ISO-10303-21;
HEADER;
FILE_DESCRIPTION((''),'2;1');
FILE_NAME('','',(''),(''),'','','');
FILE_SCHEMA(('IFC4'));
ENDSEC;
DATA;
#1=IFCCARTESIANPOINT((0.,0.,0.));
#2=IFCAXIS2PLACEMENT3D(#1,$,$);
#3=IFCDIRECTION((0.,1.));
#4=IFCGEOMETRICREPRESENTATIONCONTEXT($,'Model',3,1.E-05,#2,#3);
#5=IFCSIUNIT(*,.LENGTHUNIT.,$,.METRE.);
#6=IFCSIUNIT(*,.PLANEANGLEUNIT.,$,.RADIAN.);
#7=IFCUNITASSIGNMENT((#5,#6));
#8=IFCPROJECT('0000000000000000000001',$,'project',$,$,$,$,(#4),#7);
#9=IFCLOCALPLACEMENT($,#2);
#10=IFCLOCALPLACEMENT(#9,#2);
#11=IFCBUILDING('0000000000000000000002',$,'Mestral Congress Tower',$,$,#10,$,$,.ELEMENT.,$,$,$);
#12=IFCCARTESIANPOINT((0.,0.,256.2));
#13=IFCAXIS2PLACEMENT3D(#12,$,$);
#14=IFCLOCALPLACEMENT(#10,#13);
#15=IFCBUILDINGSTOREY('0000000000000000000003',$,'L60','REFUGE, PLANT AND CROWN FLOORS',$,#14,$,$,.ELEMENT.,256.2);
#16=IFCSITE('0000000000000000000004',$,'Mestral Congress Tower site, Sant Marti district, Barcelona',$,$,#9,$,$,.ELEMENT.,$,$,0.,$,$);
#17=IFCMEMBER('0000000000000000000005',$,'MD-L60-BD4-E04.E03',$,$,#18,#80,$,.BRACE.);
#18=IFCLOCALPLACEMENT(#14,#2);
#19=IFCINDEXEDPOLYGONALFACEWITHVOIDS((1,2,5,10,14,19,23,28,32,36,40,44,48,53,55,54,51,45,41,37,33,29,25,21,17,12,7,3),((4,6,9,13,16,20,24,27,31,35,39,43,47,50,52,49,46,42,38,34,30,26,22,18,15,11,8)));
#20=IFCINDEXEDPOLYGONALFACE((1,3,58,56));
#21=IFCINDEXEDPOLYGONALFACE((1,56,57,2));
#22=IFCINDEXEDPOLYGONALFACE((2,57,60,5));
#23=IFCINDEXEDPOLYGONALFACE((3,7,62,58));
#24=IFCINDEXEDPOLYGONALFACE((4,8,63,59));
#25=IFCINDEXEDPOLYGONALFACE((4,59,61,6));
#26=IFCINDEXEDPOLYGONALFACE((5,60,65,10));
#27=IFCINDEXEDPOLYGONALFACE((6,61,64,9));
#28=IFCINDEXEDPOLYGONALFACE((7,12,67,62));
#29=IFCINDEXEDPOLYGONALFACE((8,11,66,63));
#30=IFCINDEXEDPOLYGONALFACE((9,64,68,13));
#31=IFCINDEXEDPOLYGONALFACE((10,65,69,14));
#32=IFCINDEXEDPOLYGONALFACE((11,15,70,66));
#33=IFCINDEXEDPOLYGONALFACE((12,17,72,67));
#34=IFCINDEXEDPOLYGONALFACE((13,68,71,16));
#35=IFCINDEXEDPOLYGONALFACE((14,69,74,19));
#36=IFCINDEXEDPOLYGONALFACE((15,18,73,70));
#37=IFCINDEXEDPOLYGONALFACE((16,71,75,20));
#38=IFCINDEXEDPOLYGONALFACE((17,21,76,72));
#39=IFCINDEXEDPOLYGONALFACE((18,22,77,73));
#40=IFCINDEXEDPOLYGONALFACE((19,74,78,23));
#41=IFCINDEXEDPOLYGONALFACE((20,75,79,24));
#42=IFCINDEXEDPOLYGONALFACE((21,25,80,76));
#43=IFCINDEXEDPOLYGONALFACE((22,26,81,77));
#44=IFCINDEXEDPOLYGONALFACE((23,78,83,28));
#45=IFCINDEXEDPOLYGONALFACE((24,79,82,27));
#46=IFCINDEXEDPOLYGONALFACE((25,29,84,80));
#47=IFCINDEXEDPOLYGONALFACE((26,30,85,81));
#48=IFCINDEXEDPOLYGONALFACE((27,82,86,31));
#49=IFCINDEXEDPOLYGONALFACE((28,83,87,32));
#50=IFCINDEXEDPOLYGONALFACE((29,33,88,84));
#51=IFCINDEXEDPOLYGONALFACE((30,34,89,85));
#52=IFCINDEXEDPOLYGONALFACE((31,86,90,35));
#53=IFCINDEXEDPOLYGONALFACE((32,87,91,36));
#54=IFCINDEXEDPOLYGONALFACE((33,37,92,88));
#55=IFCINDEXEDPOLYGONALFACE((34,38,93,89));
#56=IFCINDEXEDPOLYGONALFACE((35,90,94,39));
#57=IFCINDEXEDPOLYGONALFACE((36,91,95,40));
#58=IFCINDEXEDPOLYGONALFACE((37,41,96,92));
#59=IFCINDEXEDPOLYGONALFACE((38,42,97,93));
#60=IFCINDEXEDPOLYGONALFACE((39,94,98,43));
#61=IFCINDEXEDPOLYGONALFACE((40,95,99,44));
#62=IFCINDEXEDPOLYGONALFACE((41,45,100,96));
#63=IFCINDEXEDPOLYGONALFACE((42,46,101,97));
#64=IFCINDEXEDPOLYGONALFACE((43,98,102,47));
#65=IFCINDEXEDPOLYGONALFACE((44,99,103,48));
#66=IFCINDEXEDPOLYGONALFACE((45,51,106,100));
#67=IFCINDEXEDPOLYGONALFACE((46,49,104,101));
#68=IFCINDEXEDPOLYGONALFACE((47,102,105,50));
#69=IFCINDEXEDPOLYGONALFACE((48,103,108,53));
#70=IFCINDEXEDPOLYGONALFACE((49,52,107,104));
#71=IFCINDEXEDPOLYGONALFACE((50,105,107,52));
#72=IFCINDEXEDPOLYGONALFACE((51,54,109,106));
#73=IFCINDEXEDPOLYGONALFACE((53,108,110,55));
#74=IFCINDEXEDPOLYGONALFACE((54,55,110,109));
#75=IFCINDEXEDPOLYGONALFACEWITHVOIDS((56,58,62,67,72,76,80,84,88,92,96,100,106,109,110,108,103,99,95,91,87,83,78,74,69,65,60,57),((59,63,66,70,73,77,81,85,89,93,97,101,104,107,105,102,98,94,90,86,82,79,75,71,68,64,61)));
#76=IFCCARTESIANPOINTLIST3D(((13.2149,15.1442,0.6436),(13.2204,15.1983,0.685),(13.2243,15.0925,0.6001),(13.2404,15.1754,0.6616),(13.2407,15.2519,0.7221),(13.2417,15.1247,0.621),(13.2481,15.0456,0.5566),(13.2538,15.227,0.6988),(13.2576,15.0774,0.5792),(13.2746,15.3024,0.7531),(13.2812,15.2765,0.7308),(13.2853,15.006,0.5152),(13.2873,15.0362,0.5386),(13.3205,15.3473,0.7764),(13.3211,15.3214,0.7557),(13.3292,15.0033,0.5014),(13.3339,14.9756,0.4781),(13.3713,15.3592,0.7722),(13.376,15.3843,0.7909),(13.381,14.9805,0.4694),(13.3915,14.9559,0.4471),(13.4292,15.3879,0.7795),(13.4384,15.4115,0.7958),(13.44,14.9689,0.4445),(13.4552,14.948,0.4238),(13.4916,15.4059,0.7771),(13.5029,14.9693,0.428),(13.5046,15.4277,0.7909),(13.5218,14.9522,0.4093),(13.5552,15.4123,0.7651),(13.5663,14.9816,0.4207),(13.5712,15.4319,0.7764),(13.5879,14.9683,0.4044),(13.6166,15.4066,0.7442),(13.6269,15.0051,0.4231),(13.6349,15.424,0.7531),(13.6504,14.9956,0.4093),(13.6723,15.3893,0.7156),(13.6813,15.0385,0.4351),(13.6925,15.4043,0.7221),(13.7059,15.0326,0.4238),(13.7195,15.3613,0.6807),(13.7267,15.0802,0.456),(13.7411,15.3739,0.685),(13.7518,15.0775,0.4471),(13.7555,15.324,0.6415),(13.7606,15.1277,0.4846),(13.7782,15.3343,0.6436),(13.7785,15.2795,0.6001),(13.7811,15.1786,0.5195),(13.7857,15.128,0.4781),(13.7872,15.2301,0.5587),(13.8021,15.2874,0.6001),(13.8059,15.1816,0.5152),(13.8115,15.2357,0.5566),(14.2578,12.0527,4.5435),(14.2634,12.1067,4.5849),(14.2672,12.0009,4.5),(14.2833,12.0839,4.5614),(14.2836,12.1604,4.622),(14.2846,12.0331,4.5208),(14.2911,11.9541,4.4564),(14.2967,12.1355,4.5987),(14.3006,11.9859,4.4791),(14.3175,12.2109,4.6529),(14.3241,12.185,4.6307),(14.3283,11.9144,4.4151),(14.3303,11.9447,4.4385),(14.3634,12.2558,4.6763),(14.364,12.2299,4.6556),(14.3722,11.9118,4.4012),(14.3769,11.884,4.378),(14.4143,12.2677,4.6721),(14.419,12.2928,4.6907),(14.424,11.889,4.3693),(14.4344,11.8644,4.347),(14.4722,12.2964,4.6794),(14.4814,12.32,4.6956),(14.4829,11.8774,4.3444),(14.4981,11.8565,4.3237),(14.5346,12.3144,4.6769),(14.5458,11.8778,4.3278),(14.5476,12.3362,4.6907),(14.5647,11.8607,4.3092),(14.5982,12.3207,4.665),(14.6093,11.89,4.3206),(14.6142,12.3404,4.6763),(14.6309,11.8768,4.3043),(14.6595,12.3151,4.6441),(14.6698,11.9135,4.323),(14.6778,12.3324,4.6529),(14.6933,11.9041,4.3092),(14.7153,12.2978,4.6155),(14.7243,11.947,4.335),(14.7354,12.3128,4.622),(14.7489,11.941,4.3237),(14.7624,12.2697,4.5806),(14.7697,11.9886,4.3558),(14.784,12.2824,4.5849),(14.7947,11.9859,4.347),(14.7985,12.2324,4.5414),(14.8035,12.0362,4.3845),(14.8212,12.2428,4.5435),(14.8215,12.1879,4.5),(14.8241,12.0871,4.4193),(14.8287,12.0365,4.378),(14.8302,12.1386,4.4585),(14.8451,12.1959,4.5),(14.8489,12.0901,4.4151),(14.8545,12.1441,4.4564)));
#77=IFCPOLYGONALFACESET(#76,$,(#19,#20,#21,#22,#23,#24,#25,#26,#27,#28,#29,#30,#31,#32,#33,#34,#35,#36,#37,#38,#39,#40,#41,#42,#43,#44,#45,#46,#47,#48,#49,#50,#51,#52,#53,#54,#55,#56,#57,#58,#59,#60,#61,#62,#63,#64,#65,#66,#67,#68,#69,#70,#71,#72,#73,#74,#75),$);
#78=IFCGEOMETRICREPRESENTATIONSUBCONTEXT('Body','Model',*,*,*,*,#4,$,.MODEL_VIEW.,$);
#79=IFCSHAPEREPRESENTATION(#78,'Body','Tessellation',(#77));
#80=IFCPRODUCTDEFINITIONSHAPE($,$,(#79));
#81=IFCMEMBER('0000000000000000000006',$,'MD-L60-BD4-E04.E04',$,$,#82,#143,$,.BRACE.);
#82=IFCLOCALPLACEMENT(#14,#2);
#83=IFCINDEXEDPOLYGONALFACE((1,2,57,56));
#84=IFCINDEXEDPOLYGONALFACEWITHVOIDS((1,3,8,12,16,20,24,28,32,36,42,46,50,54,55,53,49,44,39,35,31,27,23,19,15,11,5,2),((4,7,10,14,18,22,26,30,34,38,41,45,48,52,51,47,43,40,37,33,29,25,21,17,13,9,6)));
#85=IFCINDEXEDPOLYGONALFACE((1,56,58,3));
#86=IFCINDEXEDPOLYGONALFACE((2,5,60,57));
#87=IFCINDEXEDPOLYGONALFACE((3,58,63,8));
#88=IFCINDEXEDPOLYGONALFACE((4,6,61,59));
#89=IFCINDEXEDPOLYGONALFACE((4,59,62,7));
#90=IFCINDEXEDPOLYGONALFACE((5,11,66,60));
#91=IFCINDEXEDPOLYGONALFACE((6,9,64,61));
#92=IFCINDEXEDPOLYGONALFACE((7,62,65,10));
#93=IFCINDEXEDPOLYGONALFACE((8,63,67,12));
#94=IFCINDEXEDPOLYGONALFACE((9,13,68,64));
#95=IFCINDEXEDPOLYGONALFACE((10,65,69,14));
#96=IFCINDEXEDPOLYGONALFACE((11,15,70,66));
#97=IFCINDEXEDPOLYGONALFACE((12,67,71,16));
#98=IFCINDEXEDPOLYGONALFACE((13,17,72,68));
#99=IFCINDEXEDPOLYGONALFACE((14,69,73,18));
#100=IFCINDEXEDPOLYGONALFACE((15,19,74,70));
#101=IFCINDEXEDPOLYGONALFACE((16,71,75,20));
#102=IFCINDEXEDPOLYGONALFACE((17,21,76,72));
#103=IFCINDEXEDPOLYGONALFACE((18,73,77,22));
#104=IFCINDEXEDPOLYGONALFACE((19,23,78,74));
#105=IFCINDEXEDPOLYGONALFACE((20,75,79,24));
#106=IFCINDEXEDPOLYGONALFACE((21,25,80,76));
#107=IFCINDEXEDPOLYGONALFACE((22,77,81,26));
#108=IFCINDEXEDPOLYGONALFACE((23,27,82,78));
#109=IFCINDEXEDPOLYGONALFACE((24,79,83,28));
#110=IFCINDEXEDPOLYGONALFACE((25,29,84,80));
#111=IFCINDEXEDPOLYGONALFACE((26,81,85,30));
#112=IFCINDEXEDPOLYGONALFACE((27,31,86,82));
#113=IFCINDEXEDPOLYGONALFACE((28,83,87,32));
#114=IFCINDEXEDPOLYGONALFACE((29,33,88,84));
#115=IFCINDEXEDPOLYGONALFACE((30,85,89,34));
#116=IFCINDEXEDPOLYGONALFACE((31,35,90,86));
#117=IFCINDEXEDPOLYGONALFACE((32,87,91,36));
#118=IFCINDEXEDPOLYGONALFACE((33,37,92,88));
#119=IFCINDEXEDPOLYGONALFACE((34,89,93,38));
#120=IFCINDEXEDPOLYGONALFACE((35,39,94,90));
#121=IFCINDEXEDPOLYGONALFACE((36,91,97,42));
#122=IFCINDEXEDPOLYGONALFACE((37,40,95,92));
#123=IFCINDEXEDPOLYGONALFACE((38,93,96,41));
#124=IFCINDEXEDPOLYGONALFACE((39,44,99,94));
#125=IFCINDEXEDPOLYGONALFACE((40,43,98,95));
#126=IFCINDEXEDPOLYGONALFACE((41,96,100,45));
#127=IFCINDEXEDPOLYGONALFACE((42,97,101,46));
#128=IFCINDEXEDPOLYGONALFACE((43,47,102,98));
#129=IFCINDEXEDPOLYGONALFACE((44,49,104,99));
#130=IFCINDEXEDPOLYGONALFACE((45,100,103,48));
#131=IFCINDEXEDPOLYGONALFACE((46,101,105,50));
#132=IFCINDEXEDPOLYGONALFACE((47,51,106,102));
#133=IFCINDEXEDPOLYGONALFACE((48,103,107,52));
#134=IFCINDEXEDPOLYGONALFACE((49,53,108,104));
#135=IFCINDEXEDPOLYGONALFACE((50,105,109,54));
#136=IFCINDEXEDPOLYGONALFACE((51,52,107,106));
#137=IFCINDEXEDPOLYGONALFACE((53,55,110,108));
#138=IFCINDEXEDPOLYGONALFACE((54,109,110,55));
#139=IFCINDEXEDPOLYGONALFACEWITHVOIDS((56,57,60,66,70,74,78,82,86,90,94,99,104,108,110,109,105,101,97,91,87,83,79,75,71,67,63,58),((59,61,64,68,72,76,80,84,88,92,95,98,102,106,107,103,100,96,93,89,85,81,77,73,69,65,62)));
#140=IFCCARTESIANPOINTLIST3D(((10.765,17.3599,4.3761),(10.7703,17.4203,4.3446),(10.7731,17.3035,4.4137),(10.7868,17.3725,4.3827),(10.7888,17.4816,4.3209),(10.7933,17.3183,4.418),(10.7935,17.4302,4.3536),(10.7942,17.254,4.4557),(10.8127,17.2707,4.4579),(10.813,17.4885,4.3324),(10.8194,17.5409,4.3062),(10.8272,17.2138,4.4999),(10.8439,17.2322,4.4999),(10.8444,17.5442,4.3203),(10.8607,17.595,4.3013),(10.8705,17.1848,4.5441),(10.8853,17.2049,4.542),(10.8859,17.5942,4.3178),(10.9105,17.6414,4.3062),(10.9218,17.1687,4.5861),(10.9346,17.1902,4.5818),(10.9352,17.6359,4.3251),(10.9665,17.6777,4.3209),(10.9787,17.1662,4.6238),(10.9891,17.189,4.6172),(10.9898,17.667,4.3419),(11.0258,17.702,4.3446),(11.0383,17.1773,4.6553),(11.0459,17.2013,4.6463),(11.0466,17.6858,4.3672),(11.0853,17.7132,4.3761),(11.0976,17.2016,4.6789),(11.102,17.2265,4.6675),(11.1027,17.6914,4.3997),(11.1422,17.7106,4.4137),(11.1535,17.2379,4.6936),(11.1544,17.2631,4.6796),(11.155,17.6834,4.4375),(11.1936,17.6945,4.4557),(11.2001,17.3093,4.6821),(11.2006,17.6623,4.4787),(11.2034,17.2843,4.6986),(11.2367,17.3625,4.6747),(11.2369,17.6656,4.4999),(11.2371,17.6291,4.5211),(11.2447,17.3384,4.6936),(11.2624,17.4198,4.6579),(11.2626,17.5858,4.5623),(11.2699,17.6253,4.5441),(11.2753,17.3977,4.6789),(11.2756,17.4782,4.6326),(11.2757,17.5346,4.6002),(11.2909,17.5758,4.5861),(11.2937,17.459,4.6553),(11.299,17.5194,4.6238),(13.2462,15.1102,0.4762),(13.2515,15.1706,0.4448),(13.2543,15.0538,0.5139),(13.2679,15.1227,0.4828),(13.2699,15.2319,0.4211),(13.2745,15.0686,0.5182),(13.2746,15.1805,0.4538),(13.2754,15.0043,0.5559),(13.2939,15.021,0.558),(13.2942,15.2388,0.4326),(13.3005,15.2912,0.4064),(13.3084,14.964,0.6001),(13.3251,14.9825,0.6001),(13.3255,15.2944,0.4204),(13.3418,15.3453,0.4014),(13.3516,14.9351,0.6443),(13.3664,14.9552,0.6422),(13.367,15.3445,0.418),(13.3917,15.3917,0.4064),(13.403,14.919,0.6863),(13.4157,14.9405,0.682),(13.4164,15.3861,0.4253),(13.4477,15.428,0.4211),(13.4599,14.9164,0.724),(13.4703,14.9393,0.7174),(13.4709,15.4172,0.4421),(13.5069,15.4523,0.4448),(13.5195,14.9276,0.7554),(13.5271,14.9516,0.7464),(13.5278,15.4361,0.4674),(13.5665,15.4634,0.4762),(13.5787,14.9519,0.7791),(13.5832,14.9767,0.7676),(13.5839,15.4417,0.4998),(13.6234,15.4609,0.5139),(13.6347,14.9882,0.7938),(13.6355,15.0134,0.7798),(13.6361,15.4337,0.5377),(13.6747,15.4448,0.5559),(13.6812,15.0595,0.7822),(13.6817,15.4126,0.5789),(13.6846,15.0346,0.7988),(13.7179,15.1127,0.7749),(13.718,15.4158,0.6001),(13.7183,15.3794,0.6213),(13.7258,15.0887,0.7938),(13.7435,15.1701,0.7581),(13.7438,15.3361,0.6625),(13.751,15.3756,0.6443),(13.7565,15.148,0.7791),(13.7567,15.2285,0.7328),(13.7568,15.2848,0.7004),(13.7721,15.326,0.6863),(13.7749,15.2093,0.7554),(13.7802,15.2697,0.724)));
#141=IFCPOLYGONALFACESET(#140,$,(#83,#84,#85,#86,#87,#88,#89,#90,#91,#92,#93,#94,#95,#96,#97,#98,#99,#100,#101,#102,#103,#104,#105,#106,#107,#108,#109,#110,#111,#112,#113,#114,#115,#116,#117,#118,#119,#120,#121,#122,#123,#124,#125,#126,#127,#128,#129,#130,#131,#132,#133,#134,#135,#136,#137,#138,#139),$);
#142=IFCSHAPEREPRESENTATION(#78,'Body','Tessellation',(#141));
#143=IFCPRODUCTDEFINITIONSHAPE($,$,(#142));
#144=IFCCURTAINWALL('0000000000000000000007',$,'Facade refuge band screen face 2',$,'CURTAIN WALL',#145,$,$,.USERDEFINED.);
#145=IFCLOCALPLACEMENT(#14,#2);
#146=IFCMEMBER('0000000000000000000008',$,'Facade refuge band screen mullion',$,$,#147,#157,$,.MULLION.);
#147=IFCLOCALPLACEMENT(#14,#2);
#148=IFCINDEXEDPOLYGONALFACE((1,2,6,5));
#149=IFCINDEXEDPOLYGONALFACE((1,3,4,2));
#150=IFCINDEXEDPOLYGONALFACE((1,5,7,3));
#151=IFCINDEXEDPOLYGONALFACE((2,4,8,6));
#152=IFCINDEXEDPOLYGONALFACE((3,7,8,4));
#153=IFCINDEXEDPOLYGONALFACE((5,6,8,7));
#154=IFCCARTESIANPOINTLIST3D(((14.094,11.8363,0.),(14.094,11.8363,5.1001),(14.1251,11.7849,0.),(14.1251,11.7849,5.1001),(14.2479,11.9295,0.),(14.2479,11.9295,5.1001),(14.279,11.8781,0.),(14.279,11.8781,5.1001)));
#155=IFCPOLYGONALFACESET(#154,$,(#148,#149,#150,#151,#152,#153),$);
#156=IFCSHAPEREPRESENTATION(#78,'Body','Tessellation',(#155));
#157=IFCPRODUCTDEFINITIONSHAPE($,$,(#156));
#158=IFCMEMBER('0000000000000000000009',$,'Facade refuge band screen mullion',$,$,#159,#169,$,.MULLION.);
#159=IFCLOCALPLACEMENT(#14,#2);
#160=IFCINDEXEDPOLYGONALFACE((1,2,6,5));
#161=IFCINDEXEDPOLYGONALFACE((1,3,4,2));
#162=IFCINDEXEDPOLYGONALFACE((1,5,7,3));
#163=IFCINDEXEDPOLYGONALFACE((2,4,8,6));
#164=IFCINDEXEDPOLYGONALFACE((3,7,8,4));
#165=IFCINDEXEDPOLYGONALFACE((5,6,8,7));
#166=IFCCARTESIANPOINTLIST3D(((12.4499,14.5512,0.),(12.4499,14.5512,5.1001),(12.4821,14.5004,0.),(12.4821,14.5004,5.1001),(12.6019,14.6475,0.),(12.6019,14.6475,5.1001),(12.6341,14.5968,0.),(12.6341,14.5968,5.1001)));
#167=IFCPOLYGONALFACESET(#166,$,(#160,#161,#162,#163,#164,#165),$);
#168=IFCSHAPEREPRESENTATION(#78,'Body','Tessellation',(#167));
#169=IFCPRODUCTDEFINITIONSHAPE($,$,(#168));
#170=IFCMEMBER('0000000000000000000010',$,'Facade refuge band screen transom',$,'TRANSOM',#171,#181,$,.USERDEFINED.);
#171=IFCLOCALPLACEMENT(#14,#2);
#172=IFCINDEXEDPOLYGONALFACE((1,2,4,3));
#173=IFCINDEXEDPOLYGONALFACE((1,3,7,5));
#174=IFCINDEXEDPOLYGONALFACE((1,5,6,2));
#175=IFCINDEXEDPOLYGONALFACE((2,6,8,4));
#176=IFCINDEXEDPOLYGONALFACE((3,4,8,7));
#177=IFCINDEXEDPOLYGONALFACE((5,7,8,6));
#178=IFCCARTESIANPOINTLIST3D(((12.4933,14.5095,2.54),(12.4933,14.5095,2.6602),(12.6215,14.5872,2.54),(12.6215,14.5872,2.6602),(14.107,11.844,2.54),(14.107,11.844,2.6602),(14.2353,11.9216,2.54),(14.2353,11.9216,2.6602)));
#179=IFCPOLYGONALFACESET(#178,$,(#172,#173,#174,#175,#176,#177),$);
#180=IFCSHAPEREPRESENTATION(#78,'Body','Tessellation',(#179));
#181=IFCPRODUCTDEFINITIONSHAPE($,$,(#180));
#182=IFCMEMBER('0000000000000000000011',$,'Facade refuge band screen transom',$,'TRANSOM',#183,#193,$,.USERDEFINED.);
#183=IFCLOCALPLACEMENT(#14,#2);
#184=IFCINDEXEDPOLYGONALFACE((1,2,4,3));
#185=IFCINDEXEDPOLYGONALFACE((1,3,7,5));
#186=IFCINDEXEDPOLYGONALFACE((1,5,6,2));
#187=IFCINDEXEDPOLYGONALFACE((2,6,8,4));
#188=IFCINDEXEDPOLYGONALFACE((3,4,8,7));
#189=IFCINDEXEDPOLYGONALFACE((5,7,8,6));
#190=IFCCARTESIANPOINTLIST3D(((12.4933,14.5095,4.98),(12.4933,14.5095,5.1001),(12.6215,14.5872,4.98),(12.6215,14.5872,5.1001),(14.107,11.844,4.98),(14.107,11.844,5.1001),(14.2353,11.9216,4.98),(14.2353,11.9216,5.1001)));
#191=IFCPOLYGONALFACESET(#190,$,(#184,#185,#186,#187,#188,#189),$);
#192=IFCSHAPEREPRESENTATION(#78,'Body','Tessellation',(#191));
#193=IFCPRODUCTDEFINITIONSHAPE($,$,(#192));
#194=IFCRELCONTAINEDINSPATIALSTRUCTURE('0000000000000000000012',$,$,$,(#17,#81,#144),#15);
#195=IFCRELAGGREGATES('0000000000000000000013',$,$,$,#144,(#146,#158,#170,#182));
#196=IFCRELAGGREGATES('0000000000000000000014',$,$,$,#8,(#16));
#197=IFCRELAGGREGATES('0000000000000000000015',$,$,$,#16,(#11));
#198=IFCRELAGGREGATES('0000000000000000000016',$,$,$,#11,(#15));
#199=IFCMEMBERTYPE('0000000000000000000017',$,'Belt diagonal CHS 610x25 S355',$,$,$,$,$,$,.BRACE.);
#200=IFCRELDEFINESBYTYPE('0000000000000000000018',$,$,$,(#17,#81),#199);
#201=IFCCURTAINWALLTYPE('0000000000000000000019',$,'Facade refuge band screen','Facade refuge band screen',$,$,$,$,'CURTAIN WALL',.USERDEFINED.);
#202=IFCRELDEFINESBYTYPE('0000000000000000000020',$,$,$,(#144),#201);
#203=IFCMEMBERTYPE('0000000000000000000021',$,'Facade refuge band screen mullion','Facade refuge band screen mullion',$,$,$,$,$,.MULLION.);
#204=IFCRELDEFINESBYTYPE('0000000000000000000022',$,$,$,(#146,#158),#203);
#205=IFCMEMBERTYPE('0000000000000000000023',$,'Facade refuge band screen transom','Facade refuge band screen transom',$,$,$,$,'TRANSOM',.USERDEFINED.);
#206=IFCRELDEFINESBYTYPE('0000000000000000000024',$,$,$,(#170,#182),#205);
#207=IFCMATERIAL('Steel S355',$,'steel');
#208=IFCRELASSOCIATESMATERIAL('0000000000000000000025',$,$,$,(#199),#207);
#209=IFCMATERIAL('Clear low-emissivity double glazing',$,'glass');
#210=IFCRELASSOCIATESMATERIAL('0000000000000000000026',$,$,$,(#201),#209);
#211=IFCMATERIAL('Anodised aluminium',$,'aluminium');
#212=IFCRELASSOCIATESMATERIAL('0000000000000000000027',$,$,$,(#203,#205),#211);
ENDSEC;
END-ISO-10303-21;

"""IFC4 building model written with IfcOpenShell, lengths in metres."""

from ifc_helpers import new_model, si_unit, direction, frame, origin, origin_2d, place, context, subcontext, project, spatial, rectangle, hollow_circle, extrude, material, material_profile, profile_set, type_object, element, aggregate, save


model = new_model("IFC4")

# Units and contexts
model_context = context("Model", 3, precision=1e-05, world=origin(), true_north=direction((0.0, 1.0)))
body_context = subcontext(model_context, "Body", "Model", "MODEL_VIEW")
ifc_project = project(units=[si_unit("LENGTHUNIT", "METRE"), si_unit("PLANEANGLEUNIT", "RADIAN")], contexts=[model_context])

# Site, building, storey
site_placement = place(None, origin())
site = spatial("IfcSite", under=ifc_project, at=site_placement, Name="Mestral Congress Tower site, Sant Marti district, Barcelona", CompositionType="ELEMENT", RefElevation=0.0)
building_placement = place(site_placement, origin())
building = spatial("IfcBuilding", under=site, at=building_placement, Name="Mestral Congress Tower", CompositionType="ELEMENT")
storey_placement = place(building_placement, frame((0.0, 0.0, 256.2)))
storey = spatial("IfcBuildingStorey", under=building, at=storey_placement, Name="L60", Description="REFUGE, PLANT AND CROWN FLOORS", CompositionType="ELEMENT", Elevation=256.2)

# Members
ifc_material_1 = material(Name="Steel S355", Category="steel")
ifc_material_profile_1 = material_profile(ifc_material_1, hollow_circle(Radius=0.3049, WallThickness=0.0249, at=origin_2d()), Name="CHS 610x25")
ifc_profile_set_1 = profile_set([ifc_material_profile_1], Name="Steel S355")
member_type_1 = type_object("IfcMemberType", Name="Belt diagonal CHS 610x25 S355", PredefinedType="BRACE", material=ifc_profile_set_1)
member_1_placement = place(storey_placement, frame((13.5132, 15.1899, 0.6001), z_axis=(0.205117, -0.608004, 0.76698), x_axis=(0.947532, 0.31966, 0.0)))
element("IfcMember", 1, at=member_1_placement, inside=storey, type_object=member_type_1, Name="MD-L60-BD4-E04.E03", PredefinedType="BRACE", context=body_context, shape_type="SweptSolid", body=[
    extrude(hollow_circle(Radius=0.3049, WallThickness=0.0249, at=origin_2d()), origin(), (0.0, 0.0, 1.0), 5.0847),
])
member_2_placement = place(storey_placement, frame((13.5132, 15.1899, 0.6001), z_axis=(-0.482656, 0.437634, 0.75863), x_axis=(-0.671711, -0.740814, 0.0)))
element("IfcMember", 2, at=member_2_placement, inside=storey, type_object=member_type_1, Name="MD-L60-BD4-E04.E04", PredefinedType="BRACE", context=body_context, shape_type="SweptSolid", body=[
    extrude(hollow_circle(Radius=0.3049, WallThickness=0.0249, at=origin_2d()), origin(), (0.0, 0.0, 1.0), 5.1406),
])

# Curtain wall, members
ifc_material_2 = material(Name="Clear low-emissivity double glazing", Category="glass")
curtain_wall_type = type_object("IfcCurtainWallType", Name="Facade refuge band screen", Description="Facade refuge band screen", ElementType="CURTAIN WALL", PredefinedType="USERDEFINED", material=ifc_material_2)
curtain_wall_placement = place(storey_placement, origin())
curtain_wall = element("IfcCurtainWall", 3, at=curtain_wall_placement, inside=storey, type_object=curtain_wall_type, Name="Facade refuge band screen face 2", ObjectType="CURTAIN WALL", PredefinedType="USERDEFINED")
ifc_material_3 = material(Name="Anodised aluminium", Category="aluminium")
ifc_material_profile_2 = material_profile(ifc_material_3, rectangle(XDim=0.1799, YDim=0.0601, at=origin_2d()), Name="CW3 mullion 180 x 60")
ifc_profile_set_2 = profile_set([ifc_material_profile_2], Name="Anodised aluminium")
member_type_2 = type_object("IfcMemberType", Name="Facade refuge band screen mullion", Description="Facade refuge band screen mullion", PredefinedType="MULLION", material=ifc_profile_set_2)
member_3_placement = place(storey_placement, frame((14.1865, 11.8572, 0.0), z_axis=(0.0, 0.0, 1.0), x_axis=(0.855464, 0.517863, 0.0)))
member_3 = element("IfcMember", 4, at=member_3_placement, type_object=member_type_2, Name="Facade refuge band screen mullion", PredefinedType="MULLION", context=body_context, shape_type="SweptSolid", body=[
    extrude(rectangle(XDim=0.1799, YDim=0.0601, at=origin_2d()), origin(), (0.0, 0.0, 1.0), 5.1001),
])
member_4_placement = place(storey_placement, frame((12.542, 14.574, 0.0), z_axis=(0.0, 0.0, 1.0), x_axis=(0.844534, 0.535503, 0.0)))
member_4 = element("IfcMember", 5, at=member_4_placement, type_object=member_type_2, Name="Facade refuge band screen mullion", PredefinedType="MULLION", context=body_context, shape_type="SweptSolid", body=[
    extrude(rectangle(XDim=0.1799, YDim=0.0601, at=origin_2d()), origin(), (0.0, 0.0, 1.0), 5.1001),
])
ifc_material_profile_3 = material_profile(ifc_material_3, rectangle(XDim=0.1499, YDim=0.1201, at=origin_2d()), Name="CW3 transom 150 x 120")
ifc_profile_set_3 = profile_set([ifc_material_profile_3], Name="Anodised aluminium")
member_type_3 = type_object("IfcMemberType", Name="Facade refuge band screen transom", Description="Facade refuge band screen transom", ElementType="TRANSOM", PredefinedType="USERDEFINED", material=ifc_profile_set_3)
member_5_placement = place(storey_placement, frame((14.1711, 11.8828, 2.6001), z_axis=(-0.517902, 0.85544, 0.0), x_axis=(-0.85544, -0.517902, 0.0)))
member_5 = element("IfcMember", 6, at=member_5_placement, type_object=member_type_3, Name="Facade refuge band screen transom", ObjectType="TRANSOM", PredefinedType="USERDEFINED", context=body_context, shape_type="SweptSolid", body=[
    extrude(rectangle(XDim=0.1499, YDim=0.1201, at=origin_2d()), origin(), (0.0, 0.0, 1.0), 3.116),
])
member_6_placement = place(storey_placement, frame((14.1711, 11.8828, 5.04), z_axis=(-0.517902, 0.85544, 0.0), x_axis=(-0.85544, -0.517902, 0.0)))
member_6 = element("IfcMember", 7, at=member_6_placement, type_object=member_type_3, Name="Facade refuge band screen transom", ObjectType="TRANSOM", PredefinedType="USERDEFINED", context=body_context, shape_type="SweptSolid", body=[
    extrude(rectangle(XDim=0.1499, YDim=0.1201, at=origin_2d()), origin(), (0.0, 0.0, 1.0), 3.116),
])

aggregate(curtain_wall, [member_3, member_4, member_5, member_6])

save(model, "model.ifc")
